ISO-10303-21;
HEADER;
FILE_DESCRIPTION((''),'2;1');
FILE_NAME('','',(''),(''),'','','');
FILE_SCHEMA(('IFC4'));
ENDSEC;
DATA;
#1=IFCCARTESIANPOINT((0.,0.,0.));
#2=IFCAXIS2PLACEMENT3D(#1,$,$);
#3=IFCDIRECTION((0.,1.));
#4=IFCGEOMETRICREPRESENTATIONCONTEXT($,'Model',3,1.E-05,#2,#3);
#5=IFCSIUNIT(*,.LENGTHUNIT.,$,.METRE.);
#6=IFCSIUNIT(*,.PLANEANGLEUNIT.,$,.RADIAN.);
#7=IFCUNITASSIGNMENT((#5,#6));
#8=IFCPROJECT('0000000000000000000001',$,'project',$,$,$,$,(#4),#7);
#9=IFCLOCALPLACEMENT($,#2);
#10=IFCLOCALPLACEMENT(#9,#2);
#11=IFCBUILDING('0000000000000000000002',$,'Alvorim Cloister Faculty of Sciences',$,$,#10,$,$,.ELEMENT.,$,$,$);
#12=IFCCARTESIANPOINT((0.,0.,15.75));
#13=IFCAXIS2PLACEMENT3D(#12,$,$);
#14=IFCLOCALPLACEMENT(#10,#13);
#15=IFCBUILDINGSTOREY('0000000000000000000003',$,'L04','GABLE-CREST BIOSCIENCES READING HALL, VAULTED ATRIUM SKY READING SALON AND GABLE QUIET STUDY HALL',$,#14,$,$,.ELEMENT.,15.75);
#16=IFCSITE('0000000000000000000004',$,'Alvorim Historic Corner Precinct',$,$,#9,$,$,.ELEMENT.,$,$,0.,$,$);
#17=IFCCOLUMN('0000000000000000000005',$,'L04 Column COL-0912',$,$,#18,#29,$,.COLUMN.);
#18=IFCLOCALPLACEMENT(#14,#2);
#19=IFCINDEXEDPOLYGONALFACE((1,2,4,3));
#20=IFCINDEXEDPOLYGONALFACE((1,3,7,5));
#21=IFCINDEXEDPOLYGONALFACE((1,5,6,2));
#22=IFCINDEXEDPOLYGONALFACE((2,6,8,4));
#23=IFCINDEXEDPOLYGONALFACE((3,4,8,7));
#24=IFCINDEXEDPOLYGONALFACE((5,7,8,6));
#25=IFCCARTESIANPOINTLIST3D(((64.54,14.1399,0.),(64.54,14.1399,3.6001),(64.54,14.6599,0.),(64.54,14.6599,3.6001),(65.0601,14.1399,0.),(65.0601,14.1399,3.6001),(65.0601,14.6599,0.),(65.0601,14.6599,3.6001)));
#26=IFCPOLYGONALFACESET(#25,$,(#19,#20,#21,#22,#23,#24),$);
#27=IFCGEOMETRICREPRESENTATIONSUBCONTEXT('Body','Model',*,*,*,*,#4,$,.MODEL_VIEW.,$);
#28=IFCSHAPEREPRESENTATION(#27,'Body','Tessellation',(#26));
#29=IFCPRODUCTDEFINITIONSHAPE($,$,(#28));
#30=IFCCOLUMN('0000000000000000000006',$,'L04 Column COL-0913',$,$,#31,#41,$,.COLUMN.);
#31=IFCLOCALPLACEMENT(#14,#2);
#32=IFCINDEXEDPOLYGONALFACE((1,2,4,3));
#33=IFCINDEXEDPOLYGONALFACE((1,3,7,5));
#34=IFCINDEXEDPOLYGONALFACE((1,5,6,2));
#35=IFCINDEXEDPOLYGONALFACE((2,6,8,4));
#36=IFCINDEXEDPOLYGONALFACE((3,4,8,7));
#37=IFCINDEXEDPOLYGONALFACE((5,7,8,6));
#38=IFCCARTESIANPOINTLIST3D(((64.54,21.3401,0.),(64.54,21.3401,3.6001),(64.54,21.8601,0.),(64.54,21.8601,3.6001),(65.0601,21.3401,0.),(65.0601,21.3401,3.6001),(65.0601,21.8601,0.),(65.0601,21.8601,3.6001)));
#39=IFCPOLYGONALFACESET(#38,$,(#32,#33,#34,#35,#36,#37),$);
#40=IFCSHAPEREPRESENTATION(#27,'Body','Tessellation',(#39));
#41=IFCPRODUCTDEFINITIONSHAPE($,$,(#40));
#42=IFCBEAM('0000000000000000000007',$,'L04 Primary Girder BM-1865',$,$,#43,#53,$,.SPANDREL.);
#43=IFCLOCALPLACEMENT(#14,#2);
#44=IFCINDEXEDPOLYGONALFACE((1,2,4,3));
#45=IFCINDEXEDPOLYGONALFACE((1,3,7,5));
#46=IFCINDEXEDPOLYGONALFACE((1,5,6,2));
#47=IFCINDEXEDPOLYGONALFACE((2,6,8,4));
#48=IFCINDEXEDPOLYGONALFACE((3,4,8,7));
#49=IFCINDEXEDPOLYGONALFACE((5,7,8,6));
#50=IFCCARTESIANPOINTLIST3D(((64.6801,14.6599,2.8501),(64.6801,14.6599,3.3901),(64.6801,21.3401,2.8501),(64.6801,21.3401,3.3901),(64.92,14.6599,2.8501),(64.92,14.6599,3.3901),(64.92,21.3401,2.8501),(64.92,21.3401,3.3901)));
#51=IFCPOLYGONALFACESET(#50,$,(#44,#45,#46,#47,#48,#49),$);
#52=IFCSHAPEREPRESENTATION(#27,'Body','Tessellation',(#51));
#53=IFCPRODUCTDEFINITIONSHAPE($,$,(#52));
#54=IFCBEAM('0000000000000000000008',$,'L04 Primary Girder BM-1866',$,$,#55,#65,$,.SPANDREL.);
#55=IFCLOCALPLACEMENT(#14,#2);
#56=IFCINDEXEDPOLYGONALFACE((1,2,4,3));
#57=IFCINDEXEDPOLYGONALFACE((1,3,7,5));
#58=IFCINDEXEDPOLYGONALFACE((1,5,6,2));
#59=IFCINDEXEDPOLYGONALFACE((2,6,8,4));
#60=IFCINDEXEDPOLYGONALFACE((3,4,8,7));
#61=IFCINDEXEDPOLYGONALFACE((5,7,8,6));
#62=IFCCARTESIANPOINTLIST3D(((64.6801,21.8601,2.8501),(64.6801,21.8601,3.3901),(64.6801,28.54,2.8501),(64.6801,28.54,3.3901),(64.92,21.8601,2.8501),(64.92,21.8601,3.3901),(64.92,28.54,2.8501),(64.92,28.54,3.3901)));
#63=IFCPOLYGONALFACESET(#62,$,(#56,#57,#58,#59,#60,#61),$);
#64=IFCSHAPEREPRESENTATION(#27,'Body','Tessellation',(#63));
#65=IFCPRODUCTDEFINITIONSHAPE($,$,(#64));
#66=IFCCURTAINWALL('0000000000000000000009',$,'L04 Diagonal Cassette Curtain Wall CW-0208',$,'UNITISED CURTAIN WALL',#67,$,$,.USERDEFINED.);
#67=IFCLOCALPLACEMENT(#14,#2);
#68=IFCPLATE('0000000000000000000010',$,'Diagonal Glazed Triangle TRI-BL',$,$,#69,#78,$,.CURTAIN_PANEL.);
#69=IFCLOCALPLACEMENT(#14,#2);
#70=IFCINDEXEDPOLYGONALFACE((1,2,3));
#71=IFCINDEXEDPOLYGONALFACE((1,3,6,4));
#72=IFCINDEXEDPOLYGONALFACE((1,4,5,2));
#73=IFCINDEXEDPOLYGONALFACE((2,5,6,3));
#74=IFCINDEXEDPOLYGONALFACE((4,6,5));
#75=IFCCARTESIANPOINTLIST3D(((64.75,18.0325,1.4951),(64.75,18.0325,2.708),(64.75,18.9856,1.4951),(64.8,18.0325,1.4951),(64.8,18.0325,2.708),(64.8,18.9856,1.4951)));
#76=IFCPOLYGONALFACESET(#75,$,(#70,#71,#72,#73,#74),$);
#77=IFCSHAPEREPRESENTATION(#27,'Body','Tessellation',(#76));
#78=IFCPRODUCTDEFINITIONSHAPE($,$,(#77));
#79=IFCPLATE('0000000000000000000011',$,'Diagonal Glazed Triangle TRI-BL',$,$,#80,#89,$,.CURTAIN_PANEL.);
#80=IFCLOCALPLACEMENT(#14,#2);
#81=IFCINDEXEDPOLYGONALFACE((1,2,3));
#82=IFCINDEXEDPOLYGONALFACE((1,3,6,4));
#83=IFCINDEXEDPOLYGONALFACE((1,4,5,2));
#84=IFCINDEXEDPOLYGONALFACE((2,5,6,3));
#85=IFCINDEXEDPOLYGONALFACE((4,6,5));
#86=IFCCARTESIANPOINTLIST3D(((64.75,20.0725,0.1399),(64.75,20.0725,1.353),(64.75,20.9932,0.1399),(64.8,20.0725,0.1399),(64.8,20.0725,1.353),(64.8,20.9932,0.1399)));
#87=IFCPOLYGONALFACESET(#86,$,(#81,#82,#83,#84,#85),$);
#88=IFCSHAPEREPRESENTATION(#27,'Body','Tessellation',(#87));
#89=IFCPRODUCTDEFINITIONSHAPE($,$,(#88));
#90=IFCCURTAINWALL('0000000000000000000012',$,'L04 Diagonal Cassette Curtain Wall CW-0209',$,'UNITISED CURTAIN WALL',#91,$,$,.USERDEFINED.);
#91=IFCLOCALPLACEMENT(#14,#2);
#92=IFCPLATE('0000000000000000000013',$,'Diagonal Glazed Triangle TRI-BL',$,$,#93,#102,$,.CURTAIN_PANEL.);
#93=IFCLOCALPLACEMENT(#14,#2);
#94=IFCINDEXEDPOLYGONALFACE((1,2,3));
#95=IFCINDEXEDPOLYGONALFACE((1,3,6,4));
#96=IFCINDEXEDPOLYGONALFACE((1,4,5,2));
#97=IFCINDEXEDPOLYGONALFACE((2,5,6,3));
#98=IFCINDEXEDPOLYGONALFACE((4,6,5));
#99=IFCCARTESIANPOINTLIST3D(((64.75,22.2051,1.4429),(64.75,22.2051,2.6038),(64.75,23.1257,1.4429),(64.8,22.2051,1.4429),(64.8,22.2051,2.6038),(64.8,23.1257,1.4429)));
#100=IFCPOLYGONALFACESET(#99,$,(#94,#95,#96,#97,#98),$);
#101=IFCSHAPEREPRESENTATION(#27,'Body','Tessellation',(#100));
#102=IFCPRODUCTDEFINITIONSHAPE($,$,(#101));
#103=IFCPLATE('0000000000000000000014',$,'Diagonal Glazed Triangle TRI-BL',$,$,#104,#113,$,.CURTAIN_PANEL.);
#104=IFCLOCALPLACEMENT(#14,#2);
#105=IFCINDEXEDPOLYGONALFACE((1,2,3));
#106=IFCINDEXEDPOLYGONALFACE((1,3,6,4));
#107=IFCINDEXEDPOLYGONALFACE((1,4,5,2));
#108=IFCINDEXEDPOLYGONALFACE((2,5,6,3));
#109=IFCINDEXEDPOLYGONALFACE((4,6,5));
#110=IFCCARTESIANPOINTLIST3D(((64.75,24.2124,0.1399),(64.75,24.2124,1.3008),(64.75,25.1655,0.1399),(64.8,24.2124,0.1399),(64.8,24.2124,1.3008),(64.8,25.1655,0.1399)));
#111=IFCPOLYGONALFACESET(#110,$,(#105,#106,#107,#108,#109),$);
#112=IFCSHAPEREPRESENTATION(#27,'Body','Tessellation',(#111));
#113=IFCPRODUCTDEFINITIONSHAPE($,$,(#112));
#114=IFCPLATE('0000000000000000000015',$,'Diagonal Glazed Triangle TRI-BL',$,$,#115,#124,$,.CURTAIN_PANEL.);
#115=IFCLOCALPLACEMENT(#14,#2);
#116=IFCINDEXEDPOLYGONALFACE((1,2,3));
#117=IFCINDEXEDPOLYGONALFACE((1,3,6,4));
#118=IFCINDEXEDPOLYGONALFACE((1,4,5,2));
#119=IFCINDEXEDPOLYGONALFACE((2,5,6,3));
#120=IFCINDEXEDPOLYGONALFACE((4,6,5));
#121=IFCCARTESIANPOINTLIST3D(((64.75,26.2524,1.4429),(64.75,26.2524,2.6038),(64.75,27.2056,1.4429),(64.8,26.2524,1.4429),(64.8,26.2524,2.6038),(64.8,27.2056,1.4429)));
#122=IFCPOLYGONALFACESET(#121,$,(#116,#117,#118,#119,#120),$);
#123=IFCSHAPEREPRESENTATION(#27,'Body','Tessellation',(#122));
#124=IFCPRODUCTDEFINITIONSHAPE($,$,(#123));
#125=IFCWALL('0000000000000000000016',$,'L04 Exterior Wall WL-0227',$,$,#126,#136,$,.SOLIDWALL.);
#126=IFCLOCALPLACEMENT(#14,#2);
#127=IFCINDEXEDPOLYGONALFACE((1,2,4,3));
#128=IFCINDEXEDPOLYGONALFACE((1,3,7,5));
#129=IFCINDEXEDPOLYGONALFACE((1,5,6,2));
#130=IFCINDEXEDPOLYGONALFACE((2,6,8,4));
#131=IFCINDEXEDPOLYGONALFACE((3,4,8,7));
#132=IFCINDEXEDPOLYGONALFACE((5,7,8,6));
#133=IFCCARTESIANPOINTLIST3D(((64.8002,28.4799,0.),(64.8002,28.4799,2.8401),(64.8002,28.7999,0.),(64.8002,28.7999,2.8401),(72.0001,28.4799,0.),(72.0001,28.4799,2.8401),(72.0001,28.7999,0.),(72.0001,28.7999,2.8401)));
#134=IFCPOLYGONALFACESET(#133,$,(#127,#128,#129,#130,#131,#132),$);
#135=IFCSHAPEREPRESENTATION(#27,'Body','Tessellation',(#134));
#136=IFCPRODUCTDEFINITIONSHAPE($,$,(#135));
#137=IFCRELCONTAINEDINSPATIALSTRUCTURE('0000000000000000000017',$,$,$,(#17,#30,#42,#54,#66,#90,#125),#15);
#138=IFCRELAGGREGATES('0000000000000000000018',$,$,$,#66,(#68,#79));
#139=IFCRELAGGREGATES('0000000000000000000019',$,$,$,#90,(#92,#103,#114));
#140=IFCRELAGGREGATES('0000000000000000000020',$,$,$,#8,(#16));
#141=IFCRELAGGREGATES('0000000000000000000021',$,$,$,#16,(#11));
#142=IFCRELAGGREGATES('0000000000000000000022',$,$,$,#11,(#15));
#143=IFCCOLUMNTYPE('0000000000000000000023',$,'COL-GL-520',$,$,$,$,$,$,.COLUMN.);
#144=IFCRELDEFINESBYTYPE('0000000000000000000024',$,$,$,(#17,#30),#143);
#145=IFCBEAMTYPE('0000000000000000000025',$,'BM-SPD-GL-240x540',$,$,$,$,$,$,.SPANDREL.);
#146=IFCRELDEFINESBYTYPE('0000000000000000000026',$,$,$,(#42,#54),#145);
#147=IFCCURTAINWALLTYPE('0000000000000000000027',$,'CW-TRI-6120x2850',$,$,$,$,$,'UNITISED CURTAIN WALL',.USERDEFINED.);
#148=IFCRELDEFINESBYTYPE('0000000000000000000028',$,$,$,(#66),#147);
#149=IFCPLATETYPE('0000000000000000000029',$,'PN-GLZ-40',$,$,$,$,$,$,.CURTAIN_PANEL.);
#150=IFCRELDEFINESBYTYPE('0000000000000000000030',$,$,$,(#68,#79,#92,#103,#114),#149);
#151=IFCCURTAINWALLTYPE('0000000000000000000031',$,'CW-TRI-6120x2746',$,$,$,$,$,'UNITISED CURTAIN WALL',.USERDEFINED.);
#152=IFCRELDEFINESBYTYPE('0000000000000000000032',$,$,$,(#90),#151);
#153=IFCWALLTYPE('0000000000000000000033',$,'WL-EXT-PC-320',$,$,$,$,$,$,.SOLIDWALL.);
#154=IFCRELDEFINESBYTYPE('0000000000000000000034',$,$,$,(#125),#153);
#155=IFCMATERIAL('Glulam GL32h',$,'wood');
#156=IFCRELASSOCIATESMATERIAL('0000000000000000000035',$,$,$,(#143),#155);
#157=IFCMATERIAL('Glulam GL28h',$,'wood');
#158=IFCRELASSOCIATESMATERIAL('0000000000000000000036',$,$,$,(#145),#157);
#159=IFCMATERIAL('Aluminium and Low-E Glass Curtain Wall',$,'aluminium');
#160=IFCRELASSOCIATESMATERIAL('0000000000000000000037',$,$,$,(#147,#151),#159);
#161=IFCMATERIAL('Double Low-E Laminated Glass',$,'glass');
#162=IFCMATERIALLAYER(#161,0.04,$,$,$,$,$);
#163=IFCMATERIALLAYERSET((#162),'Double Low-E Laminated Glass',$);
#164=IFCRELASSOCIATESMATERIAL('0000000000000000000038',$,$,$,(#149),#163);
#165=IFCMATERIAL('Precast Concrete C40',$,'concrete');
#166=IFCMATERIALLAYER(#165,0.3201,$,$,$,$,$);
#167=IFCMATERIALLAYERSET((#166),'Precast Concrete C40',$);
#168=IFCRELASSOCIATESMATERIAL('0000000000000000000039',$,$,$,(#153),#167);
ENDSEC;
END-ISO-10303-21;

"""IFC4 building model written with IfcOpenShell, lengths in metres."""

from ifc_helpers import new_model, si_unit, direction, frame, frame_2d, origin, origin_2d, place, context, subcontext, project, spatial, polyline, rectangle, outline, extrude, material, layer, layer_set, material_profile, profile_set, type_object, element, aggregate, save


model = new_model("IFC4")

# Units and contexts
model_context = context("Model", 3, precision=1e-05, world=origin(), true_north=direction((0.0, 1.0)))
body_context = subcontext(model_context, "Body", "Model", "MODEL_VIEW")
ifc_project = project(units=[si_unit("LENGTHUNIT", "METRE"), si_unit("PLANEANGLEUNIT", "RADIAN")], contexts=[model_context])

# Site, building, storey
site_placement = place(None, origin())
site = spatial("IfcSite", under=ifc_project, at=site_placement, Name="Alvorim Historic Corner Precinct", CompositionType="ELEMENT", RefElevation=0.0)
building_placement = place(site_placement, origin())
building = spatial("IfcBuilding", under=site, at=building_placement, Name="Alvorim Cloister Faculty of Sciences", CompositionType="ELEMENT")
storey_placement = place(building_placement, frame((0.0, 0.0, 15.75)))
storey = spatial("IfcBuildingStorey", under=building, at=storey_placement, Name="L04", Description="GABLE-CREST BIOSCIENCES READING HALL, VAULTED ATRIUM SKY READING SALON AND GABLE QUIET STUDY HALL", CompositionType="ELEMENT", Elevation=15.75)

# Columns
ifc_material_1 = material(Name="Glulam GL32h", Category="wood")
ifc_material_profile_1 = material_profile(ifc_material_1, rectangle(XDim=0.52, YDim=0.52, at=origin_2d()), Name="GL32-COL-520x520")
ifc_profile_set_1 = profile_set([ifc_material_profile_1], Name="Glulam GL32h")
column_type = type_object("IfcColumnType", Name="COL-GL-520", PredefinedType="COLUMN", material=ifc_profile_set_1)
for number, where, z_axis, x_axis, name in (
    (1, (64.8, 14.3999, 0.0), (0.0, 0.0, 1.0), (1.0, 0.0, 0.0), "L04 Column COL-0912"),
    (2, (64.8, 21.6001, 0.0), (0.0, 0.0, 1.0), (1.0, 0.0, 0.0), "L04 Column COL-0913"),
):
    element("IfcColumn", number, at=place(storey_placement, frame(where, z_axis=z_axis, x_axis=x_axis)), inside=storey, type_object=column_type, Name=name, PredefinedType="COLUMN", context=body_context, shape_type="SweptSolid", body=[
        extrude(rectangle(XDim=0.52, YDim=0.52, at=origin_2d()), origin(), (0.0, 0.0, 1.0), 3.6001),
    ])

# Beams
ifc_material_2 = material(Name="Glulam GL28h", Category="wood")
ifc_material_profile_2 = material_profile(ifc_material_2, rectangle(XDim=0.24, YDim=0.54, at=origin_2d()), Name="GL28-SPD-240x540")
ifc_profile_set_2 = profile_set([ifc_material_profile_2], Name="Glulam GL28h")
beam_type = type_object("IfcBeamType", Name="BM-SPD-GL-240x540", PredefinedType="SPANDREL", material=ifc_profile_set_2)
beam_1_placement = place(storey_placement, frame((64.8, 14.6599, 3.1201), z_axis=(0.0, 1.0, 0.0), x_axis=(-1.0, 0.0, 0.0)))
element("IfcBeam", 3, at=beam_1_placement, inside=storey, type_object=beam_type, Name="L04 Primary Girder BM-1865", PredefinedType="SPANDREL", context=body_context, shape_type="SweptSolid", body=[
    extrude(rectangle(XDim=0.24, YDim=0.54, at=origin_2d()), origin(), (0.0, 0.0, 1.0), 6.6802),
])
beam_2_placement = place(storey_placement, frame((64.8, 21.8601, 3.1201), z_axis=(0.0, 1.0, 0.0), x_axis=(-1.0, 0.0, 0.0)))
element("IfcBeam", 4, at=beam_2_placement, inside=storey, type_object=beam_type, Name="L04 Primary Girder BM-1866", PredefinedType="SPANDREL", context=body_context, shape_type="SweptSolid", body=[
    extrude(rectangle(XDim=0.24, YDim=0.54, at=origin_2d()), origin(), (0.0, 0.0, 1.0), 6.6799),
])

# Curtain walls, plates
ifc_material_3 = material(Name="Aluminium and Low-E Glass Curtain Wall", Category="aluminium")
curtain_wall_type_1 = type_object("IfcCurtainWallType", Name="CW-TRI-6120x2850", ElementType="UNITISED CURTAIN WALL", PredefinedType="USERDEFINED", material=ifc_material_3)
curtain_wall_1_placement = place(storey_placement, origin())
curtain_wall_1 = element("IfcCurtainWall", 5, at=curtain_wall_1_placement, inside=storey, type_object=curtain_wall_type_1, Name="L04 Diagonal Cassette Curtain Wall CW-0208", ObjectType="UNITISED CURTAIN WALL", PredefinedType="USERDEFINED")
ifc_material_4 = material(Name="Double Low-E Laminated Glass", Category="glass")
ifc_layer_1 = layer(ifc_material_4, 0.04)
ifc_layer_set_1 = layer_set([ifc_layer_1], Name="Double Low-E Laminated Glass")
plate_type = type_object("IfcPlateType", Name="PN-GLZ-40", PredefinedType="CURTAIN_PANEL", material=ifc_layer_set_1)
plate_1_placement = place(storey_placement, frame((64.7749, 18.0325, 1.4951), z_axis=(0.0, 0.0, 1.0), x_axis=(0.0, 1.0, 0.0)))
plate_1 = element("IfcPlate", 6, at=plate_1_placement, type_object=plate_type, Name="Diagonal Glazed Triangle TRI-BL", PredefinedType="CURTAIN_PANEL", context=body_context, shape_type="SweptSolid", body=[
    extrude(outline(polyline([(0.0, 0.0), (0.9531, 0.0), (0.0, 1.2129), (0.0, 0.0)])), frame((0.0, 0.0249, 0.0), z_axis=(0.0, -1.0, 0.0), x_axis=(1.0, 0.0, 0.0)), (0.0, 0.0, 1.0), 0.05),
])
plate_2_placement = place(storey_placement, frame((64.7749, 20.0725, 0.1399), z_axis=(0.0, 0.0, 1.0), x_axis=(0.0, 1.0, 0.0)))
plate_2 = element("IfcPlate", 7, at=plate_2_placement, type_object=plate_type, Name="Diagonal Glazed Triangle TRI-BL", PredefinedType="CURTAIN_PANEL", context=body_context, shape_type="SweptSolid", body=[
    extrude(outline(polyline([(0.0, 0.0), (0.9207, 0.0), (0.0, 1.2131), (0.0, 0.0)])), frame((0.0, 0.0249, 0.0), z_axis=(0.0, -1.0, 0.0), x_axis=(1.0, 0.0, 0.0)), (0.0, 0.0, 1.0), 0.05),
])
aggregate(curtain_wall_1, [plate_1, plate_2])
curtain_wall_type_2 = type_object("IfcCurtainWallType", Name="CW-TRI-6120x2746", ElementType="UNITISED CURTAIN WALL", PredefinedType="USERDEFINED", material=ifc_material_3)
curtain_wall_2_placement = place(storey_placement, origin())
curtain_wall_2 = element("IfcCurtainWall", 8, at=curtain_wall_2_placement, inside=storey, type_object=curtain_wall_type_2, Name="L04 Diagonal Cassette Curtain Wall CW-0209", ObjectType="UNITISED CURTAIN WALL", PredefinedType="USERDEFINED")
plate_3_placement = place(storey_placement, frame((64.7749, 22.2051, 1.4429), z_axis=(0.0, 0.0, 1.0), x_axis=(0.0, 1.0, 0.0)))
plate_3 = element("IfcPlate", 9, at=plate_3_placement, type_object=plate_type, Name="Diagonal Glazed Triangle TRI-BL", PredefinedType="CURTAIN_PANEL", context=body_context, shape_type="SweptSolid", body=[
    extrude(outline(polyline([(0.0, 0.0), (0.9207, 0.0), (0.0, 1.1609), (0.0, 0.0)])), frame((0.0, 0.0249, 0.0), z_axis=(0.0, -1.0, 0.0), x_axis=(1.0, 0.0, 0.0)), (0.0, 0.0, 1.0), 0.05),
])
plate_4_placement = place(storey_placement, frame((64.7749, 24.2124, 0.1399), z_axis=(0.0, 0.0, 1.0), x_axis=(0.0, 1.0, 0.0)))
plate_4 = element("IfcPlate", 10, at=plate_4_placement, type_object=plate_type, Name="Diagonal Glazed Triangle TRI-BL", PredefinedType="CURTAIN_PANEL", context=body_context, shape_type="SweptSolid", body=[
    extrude(outline(polyline([(0.0, 0.0), (0.9531, 0.0), (0.0, 1.1609), (0.0, 0.0)])), frame((0.0, 0.0249, 0.0), z_axis=(0.0, -1.0, 0.0), x_axis=(1.0, 0.0, 0.0)), (0.0, 0.0, 1.0), 0.05),
])
plate_5_placement = place(storey_placement, frame((64.7749, 26.2524, 1.4429), z_axis=(0.0, 0.0, 1.0), x_axis=(0.0, 1.0, 0.0)))
plate_5 = element("IfcPlate", 11, at=plate_5_placement, type_object=plate_type, Name="Diagonal Glazed Triangle TRI-BL", PredefinedType="CURTAIN_PANEL", context=body_context, shape_type="SweptSolid", body=[
    extrude(outline(polyline([(0.0, 0.0), (0.9531, 0.0), (0.0, 1.1609), (0.0, 0.0)])), frame((0.0, 0.0249, 0.0), z_axis=(0.0, -1.0, 0.0), x_axis=(1.0, 0.0, 0.0)), (0.0, 0.0, 1.0), 0.05),
])
aggregate(curtain_wall_2, [plate_3, plate_4, plate_5])

# Wall
ifc_material_5 = material(Name="Precast Concrete C40", Category="concrete")
ifc_layer_2 = layer(ifc_material_5, 0.3201)
ifc_layer_set_2 = layer_set([ifc_layer_2], Name="Precast Concrete C40")
wall_type = type_object("IfcWallType", Name="WL-EXT-PC-320", PredefinedType="SOLIDWALL", material=ifc_layer_set_2)
wall_placement = place(storey_placement, frame((64.8, 28.6399, 0.0), z_axis=(0.0, 0.0, 1.0), x_axis=(1.0, 0.0, 0.0)))
element("IfcWall", 12, at=wall_placement, inside=storey, type_object=wall_type, Name="L04 Exterior Wall WL-0227", PredefinedType="SOLIDWALL", context=body_context, shape_type="SweptSolid", body=[
    extrude(rectangle(XDim=7.2, YDim=0.3201, at=frame_2d((3.6001, 0.0))), origin(), (0.0, 0.0, 1.0), 2.8401),
])

save(model, "model.ifc")
